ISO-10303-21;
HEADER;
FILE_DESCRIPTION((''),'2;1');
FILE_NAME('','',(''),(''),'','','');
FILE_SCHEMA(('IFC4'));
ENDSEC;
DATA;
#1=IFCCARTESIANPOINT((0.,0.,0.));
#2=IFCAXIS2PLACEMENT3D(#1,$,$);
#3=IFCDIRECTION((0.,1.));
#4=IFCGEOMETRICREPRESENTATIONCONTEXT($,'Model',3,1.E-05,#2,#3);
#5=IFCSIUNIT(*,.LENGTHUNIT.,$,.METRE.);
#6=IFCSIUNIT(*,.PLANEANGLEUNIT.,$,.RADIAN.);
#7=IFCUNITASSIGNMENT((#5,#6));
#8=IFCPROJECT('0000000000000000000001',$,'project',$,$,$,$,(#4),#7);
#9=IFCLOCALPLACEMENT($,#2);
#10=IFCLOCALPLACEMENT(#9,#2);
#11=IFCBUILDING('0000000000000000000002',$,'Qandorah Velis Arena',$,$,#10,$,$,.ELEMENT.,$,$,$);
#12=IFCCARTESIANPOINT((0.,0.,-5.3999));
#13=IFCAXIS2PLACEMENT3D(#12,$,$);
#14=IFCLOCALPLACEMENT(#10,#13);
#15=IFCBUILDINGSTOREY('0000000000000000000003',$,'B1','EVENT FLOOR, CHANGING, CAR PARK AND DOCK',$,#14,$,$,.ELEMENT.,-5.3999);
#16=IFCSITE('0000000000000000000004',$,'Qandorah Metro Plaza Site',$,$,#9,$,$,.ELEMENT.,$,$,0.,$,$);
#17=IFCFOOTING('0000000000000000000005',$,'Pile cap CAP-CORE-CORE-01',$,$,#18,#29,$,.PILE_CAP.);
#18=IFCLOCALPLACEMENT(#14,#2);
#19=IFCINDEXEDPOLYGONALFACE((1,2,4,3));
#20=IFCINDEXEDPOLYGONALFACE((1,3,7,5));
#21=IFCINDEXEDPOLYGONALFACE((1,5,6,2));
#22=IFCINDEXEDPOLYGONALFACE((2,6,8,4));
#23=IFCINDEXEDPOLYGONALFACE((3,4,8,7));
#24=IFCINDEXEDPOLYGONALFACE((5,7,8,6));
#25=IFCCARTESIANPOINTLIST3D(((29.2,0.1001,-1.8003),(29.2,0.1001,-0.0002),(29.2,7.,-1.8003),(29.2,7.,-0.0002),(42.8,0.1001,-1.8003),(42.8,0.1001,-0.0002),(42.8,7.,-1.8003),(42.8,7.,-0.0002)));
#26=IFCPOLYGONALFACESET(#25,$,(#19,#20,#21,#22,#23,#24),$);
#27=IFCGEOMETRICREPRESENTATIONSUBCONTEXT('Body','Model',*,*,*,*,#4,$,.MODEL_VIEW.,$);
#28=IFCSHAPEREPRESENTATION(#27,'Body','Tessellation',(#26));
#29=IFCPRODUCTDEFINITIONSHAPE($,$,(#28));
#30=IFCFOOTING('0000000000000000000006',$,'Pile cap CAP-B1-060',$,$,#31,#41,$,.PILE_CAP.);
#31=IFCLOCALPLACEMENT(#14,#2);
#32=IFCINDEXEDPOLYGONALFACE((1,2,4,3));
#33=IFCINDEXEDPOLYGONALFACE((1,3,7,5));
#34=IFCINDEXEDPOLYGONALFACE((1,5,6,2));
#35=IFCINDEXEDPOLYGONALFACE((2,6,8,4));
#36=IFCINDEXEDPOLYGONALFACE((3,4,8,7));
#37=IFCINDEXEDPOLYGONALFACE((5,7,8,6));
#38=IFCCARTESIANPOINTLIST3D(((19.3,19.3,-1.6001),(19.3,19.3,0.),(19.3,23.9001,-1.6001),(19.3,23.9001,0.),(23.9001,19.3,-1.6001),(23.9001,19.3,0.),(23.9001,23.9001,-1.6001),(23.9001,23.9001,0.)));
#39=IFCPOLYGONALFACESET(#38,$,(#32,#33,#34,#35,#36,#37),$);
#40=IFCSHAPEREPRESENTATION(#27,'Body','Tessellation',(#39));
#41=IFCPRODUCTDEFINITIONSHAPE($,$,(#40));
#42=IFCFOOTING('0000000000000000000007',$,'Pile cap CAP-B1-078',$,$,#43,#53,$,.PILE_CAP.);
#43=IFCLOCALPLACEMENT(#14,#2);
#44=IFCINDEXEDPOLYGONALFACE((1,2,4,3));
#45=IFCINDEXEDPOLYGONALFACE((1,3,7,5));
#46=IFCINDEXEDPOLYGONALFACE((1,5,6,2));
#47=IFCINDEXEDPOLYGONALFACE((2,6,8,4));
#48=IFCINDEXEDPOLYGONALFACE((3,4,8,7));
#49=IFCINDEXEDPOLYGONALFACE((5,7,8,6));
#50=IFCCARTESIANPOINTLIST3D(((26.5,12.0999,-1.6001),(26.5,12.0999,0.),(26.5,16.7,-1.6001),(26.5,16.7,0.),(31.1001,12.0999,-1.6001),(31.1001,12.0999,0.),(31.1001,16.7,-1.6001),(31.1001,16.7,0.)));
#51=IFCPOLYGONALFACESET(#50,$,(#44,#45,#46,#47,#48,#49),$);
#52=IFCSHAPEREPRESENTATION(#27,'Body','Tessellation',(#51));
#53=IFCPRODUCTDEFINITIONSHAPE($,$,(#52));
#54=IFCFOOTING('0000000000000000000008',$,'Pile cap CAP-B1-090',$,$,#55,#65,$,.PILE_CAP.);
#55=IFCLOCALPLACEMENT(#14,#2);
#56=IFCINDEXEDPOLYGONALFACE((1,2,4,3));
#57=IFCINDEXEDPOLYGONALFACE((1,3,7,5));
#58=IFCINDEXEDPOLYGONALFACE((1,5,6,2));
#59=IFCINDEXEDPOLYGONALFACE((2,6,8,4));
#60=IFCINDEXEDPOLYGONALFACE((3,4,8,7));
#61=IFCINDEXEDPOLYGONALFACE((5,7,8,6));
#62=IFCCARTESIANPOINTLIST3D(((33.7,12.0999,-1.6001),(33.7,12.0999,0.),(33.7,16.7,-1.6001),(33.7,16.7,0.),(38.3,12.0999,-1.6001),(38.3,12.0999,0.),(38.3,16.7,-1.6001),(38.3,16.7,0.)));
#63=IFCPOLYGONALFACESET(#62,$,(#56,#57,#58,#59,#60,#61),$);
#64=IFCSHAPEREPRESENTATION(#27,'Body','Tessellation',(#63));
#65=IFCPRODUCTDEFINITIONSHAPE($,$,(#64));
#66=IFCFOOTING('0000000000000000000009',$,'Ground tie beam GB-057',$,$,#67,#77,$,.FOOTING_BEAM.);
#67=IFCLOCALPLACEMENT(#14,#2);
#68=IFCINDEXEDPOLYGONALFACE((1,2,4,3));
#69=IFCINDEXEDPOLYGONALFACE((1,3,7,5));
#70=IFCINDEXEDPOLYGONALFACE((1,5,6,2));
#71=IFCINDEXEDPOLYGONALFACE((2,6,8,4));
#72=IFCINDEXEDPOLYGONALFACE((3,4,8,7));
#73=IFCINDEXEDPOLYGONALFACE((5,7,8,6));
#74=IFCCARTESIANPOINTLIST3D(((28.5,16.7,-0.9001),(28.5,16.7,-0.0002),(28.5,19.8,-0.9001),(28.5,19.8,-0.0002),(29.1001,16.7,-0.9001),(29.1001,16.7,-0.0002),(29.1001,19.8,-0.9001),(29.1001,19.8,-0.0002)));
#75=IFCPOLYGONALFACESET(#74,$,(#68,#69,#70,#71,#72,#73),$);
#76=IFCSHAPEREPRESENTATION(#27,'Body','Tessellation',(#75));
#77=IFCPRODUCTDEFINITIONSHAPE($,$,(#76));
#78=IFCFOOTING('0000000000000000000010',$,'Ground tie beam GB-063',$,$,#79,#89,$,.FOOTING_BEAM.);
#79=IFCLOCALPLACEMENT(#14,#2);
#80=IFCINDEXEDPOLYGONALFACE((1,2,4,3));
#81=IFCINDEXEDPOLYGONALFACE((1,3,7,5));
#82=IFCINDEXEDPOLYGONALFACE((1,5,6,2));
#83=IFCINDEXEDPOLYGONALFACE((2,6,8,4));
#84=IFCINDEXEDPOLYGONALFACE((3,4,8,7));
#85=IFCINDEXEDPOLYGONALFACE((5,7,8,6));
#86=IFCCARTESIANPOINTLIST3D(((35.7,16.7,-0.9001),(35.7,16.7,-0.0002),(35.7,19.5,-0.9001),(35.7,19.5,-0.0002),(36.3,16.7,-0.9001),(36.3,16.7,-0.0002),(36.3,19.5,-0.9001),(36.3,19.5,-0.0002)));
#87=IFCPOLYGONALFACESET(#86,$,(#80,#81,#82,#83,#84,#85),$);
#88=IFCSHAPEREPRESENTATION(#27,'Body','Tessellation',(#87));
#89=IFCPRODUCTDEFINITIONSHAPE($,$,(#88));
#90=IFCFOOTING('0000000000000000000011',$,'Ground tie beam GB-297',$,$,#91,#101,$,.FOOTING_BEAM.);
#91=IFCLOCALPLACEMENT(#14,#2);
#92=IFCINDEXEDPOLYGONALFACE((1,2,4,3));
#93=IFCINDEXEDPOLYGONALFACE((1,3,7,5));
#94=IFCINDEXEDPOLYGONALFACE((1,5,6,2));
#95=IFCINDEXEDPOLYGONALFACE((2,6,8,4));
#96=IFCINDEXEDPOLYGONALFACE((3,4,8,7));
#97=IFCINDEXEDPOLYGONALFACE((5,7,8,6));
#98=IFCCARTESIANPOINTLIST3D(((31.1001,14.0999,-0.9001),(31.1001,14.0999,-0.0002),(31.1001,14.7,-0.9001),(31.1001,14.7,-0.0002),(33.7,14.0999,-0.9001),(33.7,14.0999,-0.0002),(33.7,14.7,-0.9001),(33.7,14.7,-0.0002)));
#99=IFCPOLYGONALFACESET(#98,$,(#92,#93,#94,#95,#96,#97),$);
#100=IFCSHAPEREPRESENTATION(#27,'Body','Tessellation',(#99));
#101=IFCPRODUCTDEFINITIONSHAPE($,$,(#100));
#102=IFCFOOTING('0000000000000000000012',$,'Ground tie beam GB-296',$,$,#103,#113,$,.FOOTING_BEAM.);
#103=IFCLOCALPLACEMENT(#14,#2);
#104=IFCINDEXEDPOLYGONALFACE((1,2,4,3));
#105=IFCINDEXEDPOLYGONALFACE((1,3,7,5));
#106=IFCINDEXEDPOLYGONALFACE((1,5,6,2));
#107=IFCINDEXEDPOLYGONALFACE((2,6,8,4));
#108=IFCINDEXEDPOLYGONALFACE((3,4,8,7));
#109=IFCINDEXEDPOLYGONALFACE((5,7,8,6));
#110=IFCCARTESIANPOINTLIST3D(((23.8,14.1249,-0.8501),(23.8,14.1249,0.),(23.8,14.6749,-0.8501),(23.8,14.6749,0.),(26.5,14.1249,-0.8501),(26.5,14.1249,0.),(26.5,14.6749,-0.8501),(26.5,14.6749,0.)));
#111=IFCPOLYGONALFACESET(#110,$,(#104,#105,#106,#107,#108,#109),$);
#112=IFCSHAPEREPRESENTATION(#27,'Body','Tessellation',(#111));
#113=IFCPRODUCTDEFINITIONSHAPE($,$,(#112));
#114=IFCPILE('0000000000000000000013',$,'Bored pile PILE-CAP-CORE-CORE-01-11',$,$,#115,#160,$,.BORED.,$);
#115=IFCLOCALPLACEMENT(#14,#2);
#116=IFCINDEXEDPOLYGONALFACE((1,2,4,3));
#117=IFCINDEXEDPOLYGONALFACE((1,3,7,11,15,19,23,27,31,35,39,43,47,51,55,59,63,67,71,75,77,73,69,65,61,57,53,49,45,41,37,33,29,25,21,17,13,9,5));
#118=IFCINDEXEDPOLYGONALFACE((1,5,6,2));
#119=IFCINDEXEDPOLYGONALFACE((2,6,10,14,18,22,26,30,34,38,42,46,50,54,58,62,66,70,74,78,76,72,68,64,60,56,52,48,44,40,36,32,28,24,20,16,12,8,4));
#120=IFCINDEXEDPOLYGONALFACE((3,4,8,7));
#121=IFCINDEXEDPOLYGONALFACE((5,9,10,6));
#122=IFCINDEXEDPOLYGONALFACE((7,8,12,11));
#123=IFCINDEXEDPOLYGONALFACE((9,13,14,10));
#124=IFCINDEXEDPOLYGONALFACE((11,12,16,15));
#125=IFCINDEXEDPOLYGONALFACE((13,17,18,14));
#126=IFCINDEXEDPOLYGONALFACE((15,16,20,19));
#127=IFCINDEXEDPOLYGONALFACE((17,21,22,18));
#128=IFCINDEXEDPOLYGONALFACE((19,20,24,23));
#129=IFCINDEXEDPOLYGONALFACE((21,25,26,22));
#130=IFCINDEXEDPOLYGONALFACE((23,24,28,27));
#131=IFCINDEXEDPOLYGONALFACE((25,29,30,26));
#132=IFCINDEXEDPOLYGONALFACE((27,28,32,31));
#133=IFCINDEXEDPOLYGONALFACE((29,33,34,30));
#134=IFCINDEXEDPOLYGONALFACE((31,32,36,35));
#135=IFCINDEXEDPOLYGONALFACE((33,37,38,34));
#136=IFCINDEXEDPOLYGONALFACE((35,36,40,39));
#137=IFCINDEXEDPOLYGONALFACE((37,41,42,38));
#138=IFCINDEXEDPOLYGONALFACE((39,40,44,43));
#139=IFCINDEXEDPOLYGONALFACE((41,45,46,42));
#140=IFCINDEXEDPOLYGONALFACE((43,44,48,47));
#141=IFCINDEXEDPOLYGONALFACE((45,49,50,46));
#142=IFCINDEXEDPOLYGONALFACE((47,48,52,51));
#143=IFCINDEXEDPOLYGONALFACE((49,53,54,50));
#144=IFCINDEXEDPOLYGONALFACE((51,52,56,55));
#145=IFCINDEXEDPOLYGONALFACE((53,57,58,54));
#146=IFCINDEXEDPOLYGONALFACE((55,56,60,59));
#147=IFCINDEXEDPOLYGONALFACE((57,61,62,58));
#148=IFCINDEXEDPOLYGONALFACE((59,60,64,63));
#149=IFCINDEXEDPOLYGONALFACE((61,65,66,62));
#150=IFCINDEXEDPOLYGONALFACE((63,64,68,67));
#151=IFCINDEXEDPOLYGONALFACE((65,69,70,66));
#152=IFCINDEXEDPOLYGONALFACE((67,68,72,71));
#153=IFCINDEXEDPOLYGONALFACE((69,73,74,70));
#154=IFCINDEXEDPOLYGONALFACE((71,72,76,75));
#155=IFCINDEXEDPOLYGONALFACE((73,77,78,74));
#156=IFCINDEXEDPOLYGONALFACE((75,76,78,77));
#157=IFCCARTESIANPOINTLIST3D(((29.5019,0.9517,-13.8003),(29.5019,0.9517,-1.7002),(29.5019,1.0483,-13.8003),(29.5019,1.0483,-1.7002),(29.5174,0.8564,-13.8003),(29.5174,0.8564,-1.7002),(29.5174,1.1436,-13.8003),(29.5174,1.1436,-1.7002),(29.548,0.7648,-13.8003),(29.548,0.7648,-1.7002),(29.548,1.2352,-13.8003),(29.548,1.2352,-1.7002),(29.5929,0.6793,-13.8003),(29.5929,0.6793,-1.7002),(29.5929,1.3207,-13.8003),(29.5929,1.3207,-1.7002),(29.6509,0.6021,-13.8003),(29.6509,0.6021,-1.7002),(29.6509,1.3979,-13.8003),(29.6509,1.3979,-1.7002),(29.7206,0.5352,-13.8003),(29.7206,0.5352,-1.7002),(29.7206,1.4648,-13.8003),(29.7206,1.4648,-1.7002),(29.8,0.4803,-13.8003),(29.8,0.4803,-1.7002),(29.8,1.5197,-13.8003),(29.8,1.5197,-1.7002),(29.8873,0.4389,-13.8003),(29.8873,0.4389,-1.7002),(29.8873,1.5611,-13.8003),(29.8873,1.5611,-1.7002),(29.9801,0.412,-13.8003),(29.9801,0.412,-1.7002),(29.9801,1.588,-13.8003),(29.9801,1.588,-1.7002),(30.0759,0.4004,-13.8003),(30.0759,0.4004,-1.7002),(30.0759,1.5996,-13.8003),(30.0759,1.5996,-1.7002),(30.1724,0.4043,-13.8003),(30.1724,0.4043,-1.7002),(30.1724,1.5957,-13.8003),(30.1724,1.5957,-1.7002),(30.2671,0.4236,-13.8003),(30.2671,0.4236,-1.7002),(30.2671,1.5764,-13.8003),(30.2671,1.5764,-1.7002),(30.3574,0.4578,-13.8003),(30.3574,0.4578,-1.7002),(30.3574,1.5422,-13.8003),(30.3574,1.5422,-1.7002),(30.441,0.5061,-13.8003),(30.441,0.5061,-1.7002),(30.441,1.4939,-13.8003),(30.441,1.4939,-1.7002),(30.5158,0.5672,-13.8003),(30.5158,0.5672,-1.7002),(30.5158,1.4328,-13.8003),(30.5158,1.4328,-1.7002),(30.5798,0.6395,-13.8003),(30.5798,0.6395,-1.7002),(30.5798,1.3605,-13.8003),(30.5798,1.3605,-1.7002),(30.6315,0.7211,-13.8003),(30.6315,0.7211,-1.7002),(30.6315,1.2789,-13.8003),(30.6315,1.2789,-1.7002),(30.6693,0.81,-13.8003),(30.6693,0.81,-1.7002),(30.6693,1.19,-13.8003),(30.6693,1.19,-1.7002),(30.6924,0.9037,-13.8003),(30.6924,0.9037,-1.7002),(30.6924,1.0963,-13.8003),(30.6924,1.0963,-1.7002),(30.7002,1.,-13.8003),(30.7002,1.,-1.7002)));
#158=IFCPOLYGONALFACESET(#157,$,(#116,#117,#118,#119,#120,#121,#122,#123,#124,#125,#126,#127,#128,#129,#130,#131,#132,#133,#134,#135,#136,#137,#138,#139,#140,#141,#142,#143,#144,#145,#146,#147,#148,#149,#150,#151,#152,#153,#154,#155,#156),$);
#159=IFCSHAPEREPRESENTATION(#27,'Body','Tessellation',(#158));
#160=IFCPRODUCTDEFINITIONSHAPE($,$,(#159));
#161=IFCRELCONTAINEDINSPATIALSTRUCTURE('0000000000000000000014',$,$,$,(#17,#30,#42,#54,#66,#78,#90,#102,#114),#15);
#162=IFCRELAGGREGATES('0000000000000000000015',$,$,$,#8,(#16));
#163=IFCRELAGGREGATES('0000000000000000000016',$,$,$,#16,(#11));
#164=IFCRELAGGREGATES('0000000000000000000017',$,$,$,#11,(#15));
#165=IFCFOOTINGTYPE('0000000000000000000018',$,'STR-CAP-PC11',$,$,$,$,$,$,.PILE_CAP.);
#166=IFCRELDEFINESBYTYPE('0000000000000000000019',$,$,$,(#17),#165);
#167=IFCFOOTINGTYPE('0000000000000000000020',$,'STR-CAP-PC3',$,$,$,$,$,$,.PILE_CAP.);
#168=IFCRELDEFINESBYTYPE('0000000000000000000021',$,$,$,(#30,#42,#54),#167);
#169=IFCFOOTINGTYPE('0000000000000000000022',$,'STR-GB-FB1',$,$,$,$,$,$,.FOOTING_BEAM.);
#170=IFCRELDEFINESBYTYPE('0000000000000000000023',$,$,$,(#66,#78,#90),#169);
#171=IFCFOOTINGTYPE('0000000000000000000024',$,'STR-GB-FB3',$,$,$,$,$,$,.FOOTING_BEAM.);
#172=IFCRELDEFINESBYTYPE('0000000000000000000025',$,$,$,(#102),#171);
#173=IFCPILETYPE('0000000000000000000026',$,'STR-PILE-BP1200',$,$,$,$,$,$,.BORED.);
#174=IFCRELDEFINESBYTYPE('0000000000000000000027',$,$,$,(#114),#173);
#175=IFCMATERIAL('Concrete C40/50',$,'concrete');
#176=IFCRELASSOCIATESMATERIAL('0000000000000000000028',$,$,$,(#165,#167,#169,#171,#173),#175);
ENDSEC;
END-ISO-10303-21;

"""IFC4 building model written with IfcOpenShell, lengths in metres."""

from ifc_helpers import new_model, si_unit, direction, frame, origin, origin_2d, place, context, subcontext, project, spatial, rectangle, circle, extrude, material, material_profile, profile_set, type_object, element, save


model = new_model("IFC4")

# Units and contexts
model_context = context("Model", 3, precision=1e-05, world=origin(), true_north=direction((0.0, 1.0)))
body_context = subcontext(model_context, "Body", "Model", "MODEL_VIEW")
ifc_project = project(units=[si_unit("LENGTHUNIT", "METRE"), si_unit("PLANEANGLEUNIT", "RADIAN")], contexts=[model_context])

# Site, building, storey
site_placement = place(None, origin())
site = spatial("IfcSite", under=ifc_project, at=site_placement, Name="Qandorah Metro Plaza Site", CompositionType="ELEMENT", RefElevation=0.0)
building_placement = place(site_placement, origin())
building = spatial("IfcBuilding", under=site, at=building_placement, Name="Qandorah Velis Arena", CompositionType="ELEMENT")
storey_placement = place(building_placement, frame((0.0, 0.0, -5.3999)))
storey = spatial("IfcBuildingStorey", under=building, at=storey_placement, Name="B1", Description="EVENT FLOOR, CHANGING, CAR PARK AND DOCK", CompositionType="ELEMENT", Elevation=-5.3999)

# Footings
ifc_material_1 = material(Name="Concrete C40/50", Category="concrete")
footing_type_1 = type_object("IfcFootingType", Name="STR-CAP-PC11", PredefinedType="PILE_CAP", material=ifc_material_1)
footing_1_placement = place(storey_placement, frame((36.0, 3.55, -1.8003), z_axis=(0.0, 0.0, 1.0), x_axis=(1.0, 0.0, 0.0)))
element("IfcFooting", 1, at=footing_1_placement, inside=storey, type_object=footing_type_1, Name="Pile cap CAP-CORE-CORE-01", PredefinedType="PILE_CAP", context=body_context, shape_type="SweptSolid", body=[
    extrude(rectangle(XDim=13.6001, YDim=6.8999, at=origin_2d()), origin(), (0.0, 0.0, 1.0), 1.8),
])
footing_type_2 = type_object("IfcFootingType", Name="STR-CAP-PC3", PredefinedType="PILE_CAP", material=ifc_material_1)
for number, where, z_axis, x_axis, name in (
    (2, (21.6001, 21.6001, -1.6001), (0.0, 0.0, 1.0), (1.0, 0.0, 0.0), "Pile cap CAP-B1-060"),
    (3, (28.8, 14.3999, -1.6001), (0.0, 0.0, 1.0), (1.0, 0.0, 0.0), "Pile cap CAP-B1-078"),
    (4, (36.0, 14.3999, -1.6001), (0.0, 0.0, 1.0), (1.0, 0.0, 0.0), "Pile cap CAP-B1-090"),
):
    element("IfcFooting", number, at=place(storey_placement, frame(where, z_axis=z_axis, x_axis=x_axis)), inside=storey, type_object=footing_type_2, Name=name, PredefinedType="PILE_CAP", context=body_context, shape_type="SweptSolid", body=[
        extrude(rectangle(XDim=4.6001, YDim=4.6001, at=origin_2d()), origin(), (0.0, 0.0, 1.0), 1.6001),
    ])
ifc_material_profile_1 = material_profile(ifc_material_1, rectangle(XDim=0.6001, YDim=0.8999, at=origin_2d()), Name="GB1 600x900")
ifc_profile_set_1 = profile_set([ifc_material_profile_1], Name="Concrete C40/50")
footing_type_3 = type_object("IfcFootingType", Name="STR-GB-FB1", PredefinedType="FOOTING_BEAM", material=ifc_profile_set_1)
footing_2_placement = place(storey_placement, frame((28.8, 16.7, -0.4502), z_axis=(0.0, 1.0, 0.0), x_axis=(-1.0, 0.0, 0.0)))
element("IfcFooting", 5, at=footing_2_placement, inside=storey, type_object=footing_type_3, Name="Ground tie beam GB-057", PredefinedType="FOOTING_BEAM", context=body_context, shape_type="SweptSolid", body=[
    extrude(rectangle(XDim=0.6001, YDim=0.8999, at=origin_2d()), origin(), (0.0, 0.0, 1.0), 3.1001),
])
footing_3_placement = place(storey_placement, frame((36.0, 16.7, -0.4502), z_axis=(0.0, 1.0, 0.0), x_axis=(-1.0, 0.0, 0.0)))
element("IfcFooting", 6, at=footing_3_placement, inside=storey, type_object=footing_type_3, Name="Ground tie beam GB-063", PredefinedType="FOOTING_BEAM", context=body_context, shape_type="SweptSolid", body=[
    extrude(rectangle(XDim=0.6001, YDim=0.8999, at=origin_2d()), origin(), (0.0, 0.0, 1.0), 2.8),
])
footing_4_placement = place(storey_placement, frame((31.1001, 14.3999, -0.4502), z_axis=(1.0, 0.0, 0.0), x_axis=(0.0, 1.0, 0.0)))
element("IfcFooting", 7, at=footing_4_placement, inside=storey, type_object=footing_type_3, Name="Ground tie beam GB-297", PredefinedType="FOOTING_BEAM", context=body_context, shape_type="SweptSolid", body=[
    extrude(rectangle(XDim=0.6001, YDim=0.8999, at=origin_2d()), origin(), (0.0, 0.0, 1.0), 2.5999),
])
ifc_material_profile_2 = material_profile(ifc_material_1, rectangle(XDim=0.55, YDim=0.8501, at=origin_2d()), Name="GB3 550x850")
ifc_profile_set_2 = profile_set([ifc_material_profile_2], Name="Concrete C40/50")
footing_type_4 = type_object("IfcFootingType", Name="STR-GB-FB3", PredefinedType="FOOTING_BEAM", material=ifc_profile_set_2)
footing_5_placement = place(storey_placement, frame((23.8, 14.3999, -0.425), z_axis=(1.0, 0.0, 0.0), x_axis=(0.0, 1.0, 0.0)))
element("IfcFooting", 8, at=footing_5_placement, inside=storey, type_object=footing_type_4, Name="Ground tie beam GB-296", PredefinedType="FOOTING_BEAM", context=body_context, shape_type="SweptSolid", body=[
    extrude(rectangle(XDim=0.55, YDim=0.8501, at=origin_2d()), origin(), (0.0, 0.0, 1.0), 2.7),
])

# Pile
ifc_material_profile_3 = material_profile(ifc_material_1, circle(Radius=0.6001, at=origin_2d()), Name="BORED PILE D1200")
ifc_profile_set_3 = profile_set([ifc_material_profile_3], Name="Concrete C40/50")
pile_type_1 = type_object("IfcPileType", Name="STR-PILE-BP1200", PredefinedType="BORED", material=ifc_profile_set_3)
for number, where, z_axis, x_axis, name in (
    (9, (30.1001, 1.0, -1.7002), (0.0, 0.0, -1.0), (1.0, 0.0, 0.0), "Bored pile PILE-CAP-CORE-CORE-01-11"),
):
    element("IfcPile", number, at=place(storey_placement, frame(where, z_axis=z_axis, x_axis=x_axis)), inside=storey, type_object=pile_type_1, Name=name, PredefinedType="BORED", context=body_context, shape_type="SweptSolid", body=[
        extrude(circle(Radius=0.6001, at=origin_2d()), origin(), (0.0, 0.0, 1.0), 12.1001),
    ])

save(model, "model.ifc")
